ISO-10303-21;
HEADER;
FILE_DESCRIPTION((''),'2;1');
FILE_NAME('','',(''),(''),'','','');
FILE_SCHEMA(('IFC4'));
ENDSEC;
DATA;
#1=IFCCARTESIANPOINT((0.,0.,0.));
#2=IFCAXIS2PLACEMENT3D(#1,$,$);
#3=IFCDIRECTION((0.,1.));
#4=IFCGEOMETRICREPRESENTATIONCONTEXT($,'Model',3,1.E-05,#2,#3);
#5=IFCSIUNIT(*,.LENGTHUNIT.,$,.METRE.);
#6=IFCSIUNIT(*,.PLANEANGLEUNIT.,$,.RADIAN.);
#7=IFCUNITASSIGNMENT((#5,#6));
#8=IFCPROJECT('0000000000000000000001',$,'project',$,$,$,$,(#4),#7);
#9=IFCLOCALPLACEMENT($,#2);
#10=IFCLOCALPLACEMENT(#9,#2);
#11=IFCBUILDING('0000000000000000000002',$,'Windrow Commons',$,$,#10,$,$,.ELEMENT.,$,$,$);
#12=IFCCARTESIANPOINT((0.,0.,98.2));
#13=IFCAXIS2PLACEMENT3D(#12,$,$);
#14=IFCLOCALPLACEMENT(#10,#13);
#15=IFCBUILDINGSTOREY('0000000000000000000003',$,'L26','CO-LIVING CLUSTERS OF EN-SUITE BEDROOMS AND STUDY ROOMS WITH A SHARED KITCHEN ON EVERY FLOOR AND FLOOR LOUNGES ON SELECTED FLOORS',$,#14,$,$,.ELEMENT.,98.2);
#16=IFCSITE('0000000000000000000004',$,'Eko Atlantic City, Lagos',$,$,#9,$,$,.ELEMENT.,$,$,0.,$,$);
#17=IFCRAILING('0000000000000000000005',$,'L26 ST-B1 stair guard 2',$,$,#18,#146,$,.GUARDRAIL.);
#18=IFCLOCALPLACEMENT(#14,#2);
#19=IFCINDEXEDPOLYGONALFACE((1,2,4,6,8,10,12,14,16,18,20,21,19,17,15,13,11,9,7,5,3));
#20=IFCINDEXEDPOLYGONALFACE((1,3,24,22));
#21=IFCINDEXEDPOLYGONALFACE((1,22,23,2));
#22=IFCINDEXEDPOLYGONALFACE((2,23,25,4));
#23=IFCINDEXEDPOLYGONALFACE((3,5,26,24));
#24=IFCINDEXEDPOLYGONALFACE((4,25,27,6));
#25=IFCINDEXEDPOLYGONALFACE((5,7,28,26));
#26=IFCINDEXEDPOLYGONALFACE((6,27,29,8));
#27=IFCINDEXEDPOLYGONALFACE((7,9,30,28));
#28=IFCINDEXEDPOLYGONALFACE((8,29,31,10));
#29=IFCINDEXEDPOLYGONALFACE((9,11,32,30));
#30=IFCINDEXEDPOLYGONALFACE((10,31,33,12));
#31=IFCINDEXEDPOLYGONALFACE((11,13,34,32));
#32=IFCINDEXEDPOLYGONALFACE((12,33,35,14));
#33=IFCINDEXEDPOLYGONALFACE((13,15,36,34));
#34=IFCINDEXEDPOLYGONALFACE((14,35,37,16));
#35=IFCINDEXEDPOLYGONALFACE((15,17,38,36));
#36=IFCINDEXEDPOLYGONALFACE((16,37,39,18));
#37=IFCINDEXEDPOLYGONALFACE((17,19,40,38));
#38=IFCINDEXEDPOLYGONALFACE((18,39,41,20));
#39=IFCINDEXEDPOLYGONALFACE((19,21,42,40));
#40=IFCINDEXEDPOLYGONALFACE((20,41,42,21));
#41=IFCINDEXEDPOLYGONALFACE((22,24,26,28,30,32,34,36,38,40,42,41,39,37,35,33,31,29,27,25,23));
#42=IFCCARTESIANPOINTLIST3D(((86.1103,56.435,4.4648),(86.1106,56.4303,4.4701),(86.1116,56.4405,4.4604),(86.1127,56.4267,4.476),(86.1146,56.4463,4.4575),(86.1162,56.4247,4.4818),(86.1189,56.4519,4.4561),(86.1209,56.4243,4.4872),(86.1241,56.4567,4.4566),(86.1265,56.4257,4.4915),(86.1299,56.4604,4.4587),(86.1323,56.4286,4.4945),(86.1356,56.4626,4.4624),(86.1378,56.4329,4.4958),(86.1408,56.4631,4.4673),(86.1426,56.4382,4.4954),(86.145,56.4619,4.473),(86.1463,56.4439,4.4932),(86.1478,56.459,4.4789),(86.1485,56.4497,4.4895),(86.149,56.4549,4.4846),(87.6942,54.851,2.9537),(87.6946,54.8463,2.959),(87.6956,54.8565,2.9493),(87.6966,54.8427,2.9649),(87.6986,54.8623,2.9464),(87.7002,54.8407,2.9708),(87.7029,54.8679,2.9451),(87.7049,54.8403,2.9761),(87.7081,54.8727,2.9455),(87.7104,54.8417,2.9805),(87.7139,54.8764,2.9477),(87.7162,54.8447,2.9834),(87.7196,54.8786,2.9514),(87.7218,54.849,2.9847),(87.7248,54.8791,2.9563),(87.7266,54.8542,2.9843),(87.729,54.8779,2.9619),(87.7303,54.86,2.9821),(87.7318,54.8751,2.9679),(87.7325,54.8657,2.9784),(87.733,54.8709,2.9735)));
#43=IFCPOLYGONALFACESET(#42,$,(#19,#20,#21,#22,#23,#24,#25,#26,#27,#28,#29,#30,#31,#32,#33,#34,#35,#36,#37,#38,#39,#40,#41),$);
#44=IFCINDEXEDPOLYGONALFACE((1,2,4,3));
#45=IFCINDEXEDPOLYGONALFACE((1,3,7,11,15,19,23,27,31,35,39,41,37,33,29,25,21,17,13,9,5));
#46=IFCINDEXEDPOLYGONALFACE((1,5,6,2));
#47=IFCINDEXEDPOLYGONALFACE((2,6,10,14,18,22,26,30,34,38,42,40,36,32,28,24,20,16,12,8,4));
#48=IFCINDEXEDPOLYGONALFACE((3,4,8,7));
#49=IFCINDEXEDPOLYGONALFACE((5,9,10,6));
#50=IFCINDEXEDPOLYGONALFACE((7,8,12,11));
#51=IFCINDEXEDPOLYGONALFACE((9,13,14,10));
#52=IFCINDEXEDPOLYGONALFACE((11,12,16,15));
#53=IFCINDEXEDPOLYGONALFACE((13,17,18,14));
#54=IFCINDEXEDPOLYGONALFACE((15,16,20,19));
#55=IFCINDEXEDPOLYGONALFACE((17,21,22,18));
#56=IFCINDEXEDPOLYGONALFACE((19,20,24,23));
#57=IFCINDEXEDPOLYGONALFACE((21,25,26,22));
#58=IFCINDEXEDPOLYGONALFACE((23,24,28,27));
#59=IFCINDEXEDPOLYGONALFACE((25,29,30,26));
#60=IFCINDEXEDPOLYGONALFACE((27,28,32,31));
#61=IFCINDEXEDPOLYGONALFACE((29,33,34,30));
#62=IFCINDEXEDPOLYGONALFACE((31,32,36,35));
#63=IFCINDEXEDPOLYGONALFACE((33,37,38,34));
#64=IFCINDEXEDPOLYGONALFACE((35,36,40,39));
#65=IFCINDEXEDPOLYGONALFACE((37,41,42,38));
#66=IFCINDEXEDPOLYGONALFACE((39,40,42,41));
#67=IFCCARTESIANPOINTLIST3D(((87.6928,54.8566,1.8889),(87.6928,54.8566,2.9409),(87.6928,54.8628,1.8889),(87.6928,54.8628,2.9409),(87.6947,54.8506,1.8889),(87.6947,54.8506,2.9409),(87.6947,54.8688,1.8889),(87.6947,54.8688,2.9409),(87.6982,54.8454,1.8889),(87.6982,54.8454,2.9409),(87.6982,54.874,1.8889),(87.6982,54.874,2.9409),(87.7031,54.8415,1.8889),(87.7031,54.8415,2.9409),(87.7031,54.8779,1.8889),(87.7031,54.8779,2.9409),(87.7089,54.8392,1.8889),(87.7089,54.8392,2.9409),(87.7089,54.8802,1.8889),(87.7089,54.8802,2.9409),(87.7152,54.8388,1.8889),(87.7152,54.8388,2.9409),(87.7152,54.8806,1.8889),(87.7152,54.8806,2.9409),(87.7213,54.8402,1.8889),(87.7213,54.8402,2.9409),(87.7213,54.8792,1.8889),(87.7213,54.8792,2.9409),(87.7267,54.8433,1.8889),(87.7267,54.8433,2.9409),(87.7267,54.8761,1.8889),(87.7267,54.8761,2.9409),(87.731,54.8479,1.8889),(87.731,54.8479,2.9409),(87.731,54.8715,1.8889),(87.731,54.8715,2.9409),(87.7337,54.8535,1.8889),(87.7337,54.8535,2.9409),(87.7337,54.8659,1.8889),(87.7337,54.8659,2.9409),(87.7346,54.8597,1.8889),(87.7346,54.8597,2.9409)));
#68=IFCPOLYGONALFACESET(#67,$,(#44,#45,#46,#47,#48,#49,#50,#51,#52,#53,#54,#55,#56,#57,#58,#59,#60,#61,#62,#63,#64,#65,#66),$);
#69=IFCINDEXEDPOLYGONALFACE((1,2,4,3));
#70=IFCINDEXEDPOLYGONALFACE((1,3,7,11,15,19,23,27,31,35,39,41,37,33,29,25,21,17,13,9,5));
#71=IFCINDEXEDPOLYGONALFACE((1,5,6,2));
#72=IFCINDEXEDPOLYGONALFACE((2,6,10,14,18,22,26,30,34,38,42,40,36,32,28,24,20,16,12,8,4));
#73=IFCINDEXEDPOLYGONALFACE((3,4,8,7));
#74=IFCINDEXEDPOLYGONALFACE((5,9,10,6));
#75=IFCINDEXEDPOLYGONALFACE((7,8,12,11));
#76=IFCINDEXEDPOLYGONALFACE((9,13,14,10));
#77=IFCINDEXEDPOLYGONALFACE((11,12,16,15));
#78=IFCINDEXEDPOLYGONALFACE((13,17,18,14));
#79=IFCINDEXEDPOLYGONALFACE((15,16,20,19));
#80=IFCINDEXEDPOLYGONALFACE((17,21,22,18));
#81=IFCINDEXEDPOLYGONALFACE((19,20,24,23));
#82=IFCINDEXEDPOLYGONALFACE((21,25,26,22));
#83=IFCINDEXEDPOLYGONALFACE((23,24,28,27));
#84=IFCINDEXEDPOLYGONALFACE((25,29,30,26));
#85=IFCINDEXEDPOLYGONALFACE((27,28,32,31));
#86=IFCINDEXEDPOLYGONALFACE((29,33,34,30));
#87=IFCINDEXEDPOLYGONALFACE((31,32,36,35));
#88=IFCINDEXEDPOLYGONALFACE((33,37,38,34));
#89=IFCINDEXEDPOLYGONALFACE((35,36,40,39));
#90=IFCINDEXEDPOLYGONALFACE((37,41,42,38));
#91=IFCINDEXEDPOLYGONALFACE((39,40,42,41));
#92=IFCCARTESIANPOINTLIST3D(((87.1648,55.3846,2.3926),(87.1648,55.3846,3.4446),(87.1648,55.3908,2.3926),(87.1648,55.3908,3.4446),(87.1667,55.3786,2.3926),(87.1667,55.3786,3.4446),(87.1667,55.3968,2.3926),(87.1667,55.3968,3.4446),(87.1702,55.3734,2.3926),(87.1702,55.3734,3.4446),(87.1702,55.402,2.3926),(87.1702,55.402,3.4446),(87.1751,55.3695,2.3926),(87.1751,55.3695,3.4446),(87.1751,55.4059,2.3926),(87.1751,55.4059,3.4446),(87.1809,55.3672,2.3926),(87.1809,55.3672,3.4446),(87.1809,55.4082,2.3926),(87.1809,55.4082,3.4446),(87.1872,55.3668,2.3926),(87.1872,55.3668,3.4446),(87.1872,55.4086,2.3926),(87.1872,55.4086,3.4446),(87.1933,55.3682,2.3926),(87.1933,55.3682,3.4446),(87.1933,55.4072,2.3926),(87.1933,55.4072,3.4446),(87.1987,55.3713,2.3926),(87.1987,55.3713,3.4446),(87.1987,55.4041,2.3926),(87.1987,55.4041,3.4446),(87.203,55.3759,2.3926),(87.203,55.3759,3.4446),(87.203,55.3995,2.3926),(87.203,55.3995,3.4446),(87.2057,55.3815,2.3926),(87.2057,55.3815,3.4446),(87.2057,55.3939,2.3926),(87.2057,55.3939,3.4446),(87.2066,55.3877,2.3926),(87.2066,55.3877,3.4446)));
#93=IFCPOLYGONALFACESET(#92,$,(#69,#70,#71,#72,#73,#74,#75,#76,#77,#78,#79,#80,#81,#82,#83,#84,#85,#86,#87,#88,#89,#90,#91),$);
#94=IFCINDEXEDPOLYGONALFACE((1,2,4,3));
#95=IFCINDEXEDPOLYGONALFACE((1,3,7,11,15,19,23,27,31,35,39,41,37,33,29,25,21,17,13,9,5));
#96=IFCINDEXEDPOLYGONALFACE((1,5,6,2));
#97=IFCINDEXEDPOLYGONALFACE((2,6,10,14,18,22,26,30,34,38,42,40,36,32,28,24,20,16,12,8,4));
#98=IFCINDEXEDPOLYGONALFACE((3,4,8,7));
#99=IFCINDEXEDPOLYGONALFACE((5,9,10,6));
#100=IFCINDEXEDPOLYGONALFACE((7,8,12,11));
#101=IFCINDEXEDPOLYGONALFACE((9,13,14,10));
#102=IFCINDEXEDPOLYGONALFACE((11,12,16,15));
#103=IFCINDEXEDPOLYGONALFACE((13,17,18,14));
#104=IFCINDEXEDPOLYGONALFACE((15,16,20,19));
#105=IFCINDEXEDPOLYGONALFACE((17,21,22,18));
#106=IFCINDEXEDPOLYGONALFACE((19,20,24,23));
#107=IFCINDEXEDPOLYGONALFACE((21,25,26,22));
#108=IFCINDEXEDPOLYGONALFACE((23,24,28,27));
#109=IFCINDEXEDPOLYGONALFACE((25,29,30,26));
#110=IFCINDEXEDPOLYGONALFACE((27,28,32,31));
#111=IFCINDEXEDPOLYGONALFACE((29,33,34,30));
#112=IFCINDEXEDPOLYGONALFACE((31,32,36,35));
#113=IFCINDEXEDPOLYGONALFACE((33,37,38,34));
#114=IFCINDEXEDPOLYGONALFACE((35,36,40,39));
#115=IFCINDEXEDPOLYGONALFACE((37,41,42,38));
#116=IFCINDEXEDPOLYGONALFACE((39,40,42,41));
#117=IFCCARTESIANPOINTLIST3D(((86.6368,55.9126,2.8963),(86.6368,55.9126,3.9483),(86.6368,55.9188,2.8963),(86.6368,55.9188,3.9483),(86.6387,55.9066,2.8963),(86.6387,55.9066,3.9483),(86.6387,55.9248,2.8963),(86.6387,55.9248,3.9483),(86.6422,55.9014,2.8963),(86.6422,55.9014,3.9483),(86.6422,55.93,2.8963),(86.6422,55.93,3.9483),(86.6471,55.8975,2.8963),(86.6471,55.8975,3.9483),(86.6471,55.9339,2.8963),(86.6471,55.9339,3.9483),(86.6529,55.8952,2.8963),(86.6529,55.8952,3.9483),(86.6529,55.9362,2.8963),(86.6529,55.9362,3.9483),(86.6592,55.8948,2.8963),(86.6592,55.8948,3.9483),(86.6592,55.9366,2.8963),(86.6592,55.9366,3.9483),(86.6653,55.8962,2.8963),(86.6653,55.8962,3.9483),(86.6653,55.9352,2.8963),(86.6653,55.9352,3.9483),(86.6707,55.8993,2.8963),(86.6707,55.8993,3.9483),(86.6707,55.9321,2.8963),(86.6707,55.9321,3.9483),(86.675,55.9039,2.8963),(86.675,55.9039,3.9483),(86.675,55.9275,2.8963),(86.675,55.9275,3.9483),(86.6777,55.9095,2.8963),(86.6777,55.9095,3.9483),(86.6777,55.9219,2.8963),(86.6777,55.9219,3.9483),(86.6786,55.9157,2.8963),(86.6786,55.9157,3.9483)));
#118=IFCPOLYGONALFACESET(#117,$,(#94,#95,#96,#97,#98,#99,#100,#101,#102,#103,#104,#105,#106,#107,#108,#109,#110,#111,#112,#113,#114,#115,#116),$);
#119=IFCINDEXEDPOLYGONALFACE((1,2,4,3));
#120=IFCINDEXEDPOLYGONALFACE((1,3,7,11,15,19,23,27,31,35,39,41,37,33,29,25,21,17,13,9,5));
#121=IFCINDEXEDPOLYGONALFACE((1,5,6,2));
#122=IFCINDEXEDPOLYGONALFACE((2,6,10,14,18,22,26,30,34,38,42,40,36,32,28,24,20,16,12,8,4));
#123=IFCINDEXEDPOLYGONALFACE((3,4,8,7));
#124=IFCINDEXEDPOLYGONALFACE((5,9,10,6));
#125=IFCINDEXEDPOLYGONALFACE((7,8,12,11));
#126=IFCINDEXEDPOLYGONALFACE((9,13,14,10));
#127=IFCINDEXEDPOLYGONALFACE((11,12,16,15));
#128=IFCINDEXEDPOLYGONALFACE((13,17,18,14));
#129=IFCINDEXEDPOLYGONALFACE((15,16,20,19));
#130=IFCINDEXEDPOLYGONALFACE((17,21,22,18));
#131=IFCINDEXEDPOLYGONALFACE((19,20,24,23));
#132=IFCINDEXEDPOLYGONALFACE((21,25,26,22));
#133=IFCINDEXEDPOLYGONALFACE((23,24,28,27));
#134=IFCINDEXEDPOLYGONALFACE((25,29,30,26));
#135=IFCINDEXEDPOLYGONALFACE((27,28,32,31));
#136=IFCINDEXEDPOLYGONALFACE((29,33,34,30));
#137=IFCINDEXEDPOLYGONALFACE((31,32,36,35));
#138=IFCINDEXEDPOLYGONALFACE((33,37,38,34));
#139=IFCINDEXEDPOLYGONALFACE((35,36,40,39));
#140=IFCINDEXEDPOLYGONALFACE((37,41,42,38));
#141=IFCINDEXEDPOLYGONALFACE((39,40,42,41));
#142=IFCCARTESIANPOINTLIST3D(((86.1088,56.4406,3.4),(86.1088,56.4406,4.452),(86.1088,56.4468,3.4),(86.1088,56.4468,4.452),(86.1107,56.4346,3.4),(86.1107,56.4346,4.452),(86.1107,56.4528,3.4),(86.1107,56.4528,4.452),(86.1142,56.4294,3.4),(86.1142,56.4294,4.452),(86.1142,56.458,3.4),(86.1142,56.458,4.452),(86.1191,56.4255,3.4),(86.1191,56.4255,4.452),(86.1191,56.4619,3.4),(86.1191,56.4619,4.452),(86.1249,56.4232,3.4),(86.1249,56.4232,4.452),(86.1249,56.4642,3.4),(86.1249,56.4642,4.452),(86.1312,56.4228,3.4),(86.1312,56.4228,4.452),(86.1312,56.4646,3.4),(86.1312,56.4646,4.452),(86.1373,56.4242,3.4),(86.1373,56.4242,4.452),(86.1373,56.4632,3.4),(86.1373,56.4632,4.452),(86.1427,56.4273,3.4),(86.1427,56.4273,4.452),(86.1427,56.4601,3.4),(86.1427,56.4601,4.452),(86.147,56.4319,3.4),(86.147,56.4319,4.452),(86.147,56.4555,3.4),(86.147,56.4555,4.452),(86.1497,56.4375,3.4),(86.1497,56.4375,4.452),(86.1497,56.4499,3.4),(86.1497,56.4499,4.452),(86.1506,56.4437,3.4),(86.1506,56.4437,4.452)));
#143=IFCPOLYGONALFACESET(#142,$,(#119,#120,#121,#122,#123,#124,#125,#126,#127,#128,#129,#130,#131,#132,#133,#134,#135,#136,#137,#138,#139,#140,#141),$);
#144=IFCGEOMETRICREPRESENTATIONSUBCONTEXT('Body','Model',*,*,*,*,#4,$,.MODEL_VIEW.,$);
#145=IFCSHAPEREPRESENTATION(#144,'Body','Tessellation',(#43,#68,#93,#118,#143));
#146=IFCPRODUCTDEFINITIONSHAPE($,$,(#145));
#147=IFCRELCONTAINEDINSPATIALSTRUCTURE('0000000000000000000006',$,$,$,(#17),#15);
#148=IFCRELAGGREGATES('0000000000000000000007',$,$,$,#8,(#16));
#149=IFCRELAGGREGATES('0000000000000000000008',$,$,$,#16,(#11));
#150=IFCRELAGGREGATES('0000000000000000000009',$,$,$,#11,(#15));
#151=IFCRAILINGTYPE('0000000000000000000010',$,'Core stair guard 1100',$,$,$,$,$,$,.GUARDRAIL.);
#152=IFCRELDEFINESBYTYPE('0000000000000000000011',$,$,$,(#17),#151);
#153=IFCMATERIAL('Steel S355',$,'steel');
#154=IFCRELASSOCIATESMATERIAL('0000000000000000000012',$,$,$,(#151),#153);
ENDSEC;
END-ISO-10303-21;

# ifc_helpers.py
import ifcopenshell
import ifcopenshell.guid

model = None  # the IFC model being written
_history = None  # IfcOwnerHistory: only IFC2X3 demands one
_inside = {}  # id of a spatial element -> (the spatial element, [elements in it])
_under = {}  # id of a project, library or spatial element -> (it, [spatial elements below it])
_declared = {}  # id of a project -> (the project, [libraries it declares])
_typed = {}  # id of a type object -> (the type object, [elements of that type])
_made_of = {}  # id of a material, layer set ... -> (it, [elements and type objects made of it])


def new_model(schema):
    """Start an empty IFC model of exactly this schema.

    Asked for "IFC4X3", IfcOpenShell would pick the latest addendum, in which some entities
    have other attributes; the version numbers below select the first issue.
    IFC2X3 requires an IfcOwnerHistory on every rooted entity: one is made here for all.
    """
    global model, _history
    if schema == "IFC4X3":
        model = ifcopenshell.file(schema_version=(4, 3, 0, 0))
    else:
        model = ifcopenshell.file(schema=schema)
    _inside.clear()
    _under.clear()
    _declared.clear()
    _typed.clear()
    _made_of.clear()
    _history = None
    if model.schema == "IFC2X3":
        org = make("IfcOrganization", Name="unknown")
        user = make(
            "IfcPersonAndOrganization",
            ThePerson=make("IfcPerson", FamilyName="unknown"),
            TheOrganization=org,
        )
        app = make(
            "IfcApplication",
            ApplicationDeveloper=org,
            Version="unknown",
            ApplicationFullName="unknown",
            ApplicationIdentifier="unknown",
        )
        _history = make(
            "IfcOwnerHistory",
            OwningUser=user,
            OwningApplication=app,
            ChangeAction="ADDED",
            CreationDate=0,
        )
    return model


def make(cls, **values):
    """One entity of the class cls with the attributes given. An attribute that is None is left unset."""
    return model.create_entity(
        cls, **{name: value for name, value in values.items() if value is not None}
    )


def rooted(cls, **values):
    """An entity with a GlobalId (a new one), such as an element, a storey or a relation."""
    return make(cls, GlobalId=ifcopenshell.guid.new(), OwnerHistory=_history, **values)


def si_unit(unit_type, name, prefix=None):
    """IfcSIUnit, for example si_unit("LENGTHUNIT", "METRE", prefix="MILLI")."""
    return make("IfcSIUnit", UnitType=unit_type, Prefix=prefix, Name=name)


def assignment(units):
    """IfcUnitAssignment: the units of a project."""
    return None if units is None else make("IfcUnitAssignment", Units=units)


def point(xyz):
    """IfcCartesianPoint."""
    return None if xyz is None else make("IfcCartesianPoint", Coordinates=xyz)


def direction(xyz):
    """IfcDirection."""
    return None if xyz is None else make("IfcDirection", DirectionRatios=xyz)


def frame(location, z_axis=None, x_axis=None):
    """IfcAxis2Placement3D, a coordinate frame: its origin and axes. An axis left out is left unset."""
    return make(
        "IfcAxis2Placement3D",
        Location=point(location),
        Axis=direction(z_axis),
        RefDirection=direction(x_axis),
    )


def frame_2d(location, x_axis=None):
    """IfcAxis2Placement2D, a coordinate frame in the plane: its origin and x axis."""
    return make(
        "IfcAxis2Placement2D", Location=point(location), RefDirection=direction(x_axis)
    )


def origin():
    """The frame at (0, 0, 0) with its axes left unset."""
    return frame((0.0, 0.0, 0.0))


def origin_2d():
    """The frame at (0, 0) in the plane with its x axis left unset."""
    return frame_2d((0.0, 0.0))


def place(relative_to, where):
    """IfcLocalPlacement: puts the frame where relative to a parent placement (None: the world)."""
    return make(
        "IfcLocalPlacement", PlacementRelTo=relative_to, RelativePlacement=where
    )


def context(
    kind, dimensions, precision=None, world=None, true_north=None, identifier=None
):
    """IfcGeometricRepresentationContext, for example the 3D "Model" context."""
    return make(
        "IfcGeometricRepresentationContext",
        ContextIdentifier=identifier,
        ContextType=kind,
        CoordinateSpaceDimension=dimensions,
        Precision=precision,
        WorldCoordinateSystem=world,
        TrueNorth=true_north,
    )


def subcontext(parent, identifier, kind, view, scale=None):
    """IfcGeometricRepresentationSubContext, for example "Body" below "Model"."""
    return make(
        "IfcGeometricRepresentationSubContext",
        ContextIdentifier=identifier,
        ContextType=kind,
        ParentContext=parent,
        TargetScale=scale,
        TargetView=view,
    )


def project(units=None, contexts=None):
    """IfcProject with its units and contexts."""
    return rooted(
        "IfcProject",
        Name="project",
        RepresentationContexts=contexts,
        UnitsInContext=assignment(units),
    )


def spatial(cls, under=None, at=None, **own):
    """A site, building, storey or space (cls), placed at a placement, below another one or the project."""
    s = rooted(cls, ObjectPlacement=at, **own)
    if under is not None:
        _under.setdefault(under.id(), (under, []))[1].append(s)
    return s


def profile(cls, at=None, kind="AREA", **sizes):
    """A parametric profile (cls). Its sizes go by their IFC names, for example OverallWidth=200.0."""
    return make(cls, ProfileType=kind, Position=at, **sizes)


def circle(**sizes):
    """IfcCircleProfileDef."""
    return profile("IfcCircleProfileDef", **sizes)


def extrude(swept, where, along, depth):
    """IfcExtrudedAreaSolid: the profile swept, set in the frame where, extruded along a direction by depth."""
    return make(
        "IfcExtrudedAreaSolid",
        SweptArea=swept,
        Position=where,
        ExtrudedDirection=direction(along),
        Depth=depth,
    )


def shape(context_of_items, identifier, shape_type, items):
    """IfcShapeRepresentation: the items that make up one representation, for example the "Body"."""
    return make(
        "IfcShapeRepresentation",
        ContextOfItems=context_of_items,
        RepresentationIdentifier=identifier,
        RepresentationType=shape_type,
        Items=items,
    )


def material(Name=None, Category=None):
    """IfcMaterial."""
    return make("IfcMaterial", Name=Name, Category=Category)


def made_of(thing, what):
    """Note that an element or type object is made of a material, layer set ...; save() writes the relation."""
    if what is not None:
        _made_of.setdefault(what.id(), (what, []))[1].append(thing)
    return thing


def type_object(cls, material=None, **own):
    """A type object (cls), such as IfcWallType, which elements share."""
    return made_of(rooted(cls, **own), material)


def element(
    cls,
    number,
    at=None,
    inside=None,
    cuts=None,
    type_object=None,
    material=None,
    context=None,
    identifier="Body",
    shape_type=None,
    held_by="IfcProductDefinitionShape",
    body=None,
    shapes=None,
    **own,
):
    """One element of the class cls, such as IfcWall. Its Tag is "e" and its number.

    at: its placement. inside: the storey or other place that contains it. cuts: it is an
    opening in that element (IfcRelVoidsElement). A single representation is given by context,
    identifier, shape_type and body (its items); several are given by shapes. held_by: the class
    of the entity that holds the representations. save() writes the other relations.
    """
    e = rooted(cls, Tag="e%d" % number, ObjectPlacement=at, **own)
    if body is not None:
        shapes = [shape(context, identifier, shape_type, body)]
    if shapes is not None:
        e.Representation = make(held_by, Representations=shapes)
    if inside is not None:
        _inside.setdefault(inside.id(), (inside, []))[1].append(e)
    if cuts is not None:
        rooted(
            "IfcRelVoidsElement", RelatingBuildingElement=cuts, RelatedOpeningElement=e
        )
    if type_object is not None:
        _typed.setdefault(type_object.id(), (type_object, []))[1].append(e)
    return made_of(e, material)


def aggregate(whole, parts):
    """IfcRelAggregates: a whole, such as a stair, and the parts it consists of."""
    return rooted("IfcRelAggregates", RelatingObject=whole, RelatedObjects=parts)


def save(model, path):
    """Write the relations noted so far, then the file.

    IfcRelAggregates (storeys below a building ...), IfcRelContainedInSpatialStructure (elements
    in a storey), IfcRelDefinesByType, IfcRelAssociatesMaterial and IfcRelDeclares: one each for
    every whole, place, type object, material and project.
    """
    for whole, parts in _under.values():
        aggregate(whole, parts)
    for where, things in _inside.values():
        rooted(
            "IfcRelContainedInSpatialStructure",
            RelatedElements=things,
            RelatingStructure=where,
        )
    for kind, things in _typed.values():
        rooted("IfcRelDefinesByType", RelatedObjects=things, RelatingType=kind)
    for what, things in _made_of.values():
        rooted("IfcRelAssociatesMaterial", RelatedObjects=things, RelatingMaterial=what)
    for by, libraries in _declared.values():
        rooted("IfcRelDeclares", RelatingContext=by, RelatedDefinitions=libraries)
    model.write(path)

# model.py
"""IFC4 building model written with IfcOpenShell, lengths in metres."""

from ifc_helpers import new_model, si_unit, direction, frame, origin, origin_2d, place, context, subcontext, project, spatial, circle, extrude, material, type_object, element, save


model = new_model("IFC4")

# Units and contexts
model_context = context("Model", 3, precision=1e-05, world=origin(), true_north=direction((0.0, 1.0)))
body_context = subcontext(model_context, "Body", "Model", "MODEL_VIEW")
ifc_project = project(units=[si_unit("LENGTHUNIT", "METRE"), si_unit("PLANEANGLEUNIT", "RADIAN")], contexts=[model_context])

# Site, building, storey
site_placement = place(None, origin())
site = spatial("IfcSite", under=ifc_project, at=site_placement, Name="Eko Atlantic City, Lagos", CompositionType="ELEMENT", RefElevation=0.0)
building_placement = place(site_placement, origin())
building = spatial("IfcBuilding", under=site, at=building_placement, Name="Windrow Commons", CompositionType="ELEMENT")
storey_placement = place(building_placement, frame((0.0, 0.0, 98.2)))
storey = spatial("IfcBuildingStorey", under=building, at=storey_placement, Name="L26", Description="CO-LIVING CLUSTERS OF EN-SUITE BEDROOMS AND STUDY ROOMS WITH A SHARED KITCHEN ON EVERY FLOOR AND FLOOR LOUNGES ON SELECTED FLOORS", CompositionType="ELEMENT", Elevation=98.2)

# Railing
ifc_material_1 = material(Name="Steel S355", Category="steel")
railing_type_1 = type_object("IfcRailingType", Name="Core stair guard 1100", PredefinedType="GUARDRAIL", material=ifc_material_1)
railing_1_placement = place(storey_placement, frame((87.7136, 54.8597, 1.8889)))
element("IfcRailing", 1, at=railing_1_placement, inside=storey, type_object=railing_type_1, Name="L26 ST-B1 stair guard 2", PredefinedType="GUARDRAIL", context=body_context, shape_type="SweptSolid", body=[
    extrude(circle(Radius=0.024, at=origin_2d()), frame((0.0, 0.0, 1.076), z_axis=(-0.586203, 0.586203, 0.559224), x_axis=(-0.707107, -0.707107, 0.0)), (0.0, 0.0, 1.0), 2.7021),
    extrude(circle(Radius=0.021, at=origin_2d()), origin(), (0.0, 0.0, 1.0), 1.052),
    extrude(circle(Radius=0.021, at=origin_2d()), frame((-0.528, 0.528, 0.5037)), (0.0, 0.0, 1.0), 1.052),
    extrude(circle(Radius=0.021, at=origin_2d()), frame((-1.056, 1.056, 1.0074)), (0.0, 0.0, 1.0), 1.052),
    extrude(circle(Radius=0.021, at=origin_2d()), frame((-1.584, 1.584, 1.5111)), (0.0, 0.0, 1.0), 1.052),
])

save(model, "model.ifc")
